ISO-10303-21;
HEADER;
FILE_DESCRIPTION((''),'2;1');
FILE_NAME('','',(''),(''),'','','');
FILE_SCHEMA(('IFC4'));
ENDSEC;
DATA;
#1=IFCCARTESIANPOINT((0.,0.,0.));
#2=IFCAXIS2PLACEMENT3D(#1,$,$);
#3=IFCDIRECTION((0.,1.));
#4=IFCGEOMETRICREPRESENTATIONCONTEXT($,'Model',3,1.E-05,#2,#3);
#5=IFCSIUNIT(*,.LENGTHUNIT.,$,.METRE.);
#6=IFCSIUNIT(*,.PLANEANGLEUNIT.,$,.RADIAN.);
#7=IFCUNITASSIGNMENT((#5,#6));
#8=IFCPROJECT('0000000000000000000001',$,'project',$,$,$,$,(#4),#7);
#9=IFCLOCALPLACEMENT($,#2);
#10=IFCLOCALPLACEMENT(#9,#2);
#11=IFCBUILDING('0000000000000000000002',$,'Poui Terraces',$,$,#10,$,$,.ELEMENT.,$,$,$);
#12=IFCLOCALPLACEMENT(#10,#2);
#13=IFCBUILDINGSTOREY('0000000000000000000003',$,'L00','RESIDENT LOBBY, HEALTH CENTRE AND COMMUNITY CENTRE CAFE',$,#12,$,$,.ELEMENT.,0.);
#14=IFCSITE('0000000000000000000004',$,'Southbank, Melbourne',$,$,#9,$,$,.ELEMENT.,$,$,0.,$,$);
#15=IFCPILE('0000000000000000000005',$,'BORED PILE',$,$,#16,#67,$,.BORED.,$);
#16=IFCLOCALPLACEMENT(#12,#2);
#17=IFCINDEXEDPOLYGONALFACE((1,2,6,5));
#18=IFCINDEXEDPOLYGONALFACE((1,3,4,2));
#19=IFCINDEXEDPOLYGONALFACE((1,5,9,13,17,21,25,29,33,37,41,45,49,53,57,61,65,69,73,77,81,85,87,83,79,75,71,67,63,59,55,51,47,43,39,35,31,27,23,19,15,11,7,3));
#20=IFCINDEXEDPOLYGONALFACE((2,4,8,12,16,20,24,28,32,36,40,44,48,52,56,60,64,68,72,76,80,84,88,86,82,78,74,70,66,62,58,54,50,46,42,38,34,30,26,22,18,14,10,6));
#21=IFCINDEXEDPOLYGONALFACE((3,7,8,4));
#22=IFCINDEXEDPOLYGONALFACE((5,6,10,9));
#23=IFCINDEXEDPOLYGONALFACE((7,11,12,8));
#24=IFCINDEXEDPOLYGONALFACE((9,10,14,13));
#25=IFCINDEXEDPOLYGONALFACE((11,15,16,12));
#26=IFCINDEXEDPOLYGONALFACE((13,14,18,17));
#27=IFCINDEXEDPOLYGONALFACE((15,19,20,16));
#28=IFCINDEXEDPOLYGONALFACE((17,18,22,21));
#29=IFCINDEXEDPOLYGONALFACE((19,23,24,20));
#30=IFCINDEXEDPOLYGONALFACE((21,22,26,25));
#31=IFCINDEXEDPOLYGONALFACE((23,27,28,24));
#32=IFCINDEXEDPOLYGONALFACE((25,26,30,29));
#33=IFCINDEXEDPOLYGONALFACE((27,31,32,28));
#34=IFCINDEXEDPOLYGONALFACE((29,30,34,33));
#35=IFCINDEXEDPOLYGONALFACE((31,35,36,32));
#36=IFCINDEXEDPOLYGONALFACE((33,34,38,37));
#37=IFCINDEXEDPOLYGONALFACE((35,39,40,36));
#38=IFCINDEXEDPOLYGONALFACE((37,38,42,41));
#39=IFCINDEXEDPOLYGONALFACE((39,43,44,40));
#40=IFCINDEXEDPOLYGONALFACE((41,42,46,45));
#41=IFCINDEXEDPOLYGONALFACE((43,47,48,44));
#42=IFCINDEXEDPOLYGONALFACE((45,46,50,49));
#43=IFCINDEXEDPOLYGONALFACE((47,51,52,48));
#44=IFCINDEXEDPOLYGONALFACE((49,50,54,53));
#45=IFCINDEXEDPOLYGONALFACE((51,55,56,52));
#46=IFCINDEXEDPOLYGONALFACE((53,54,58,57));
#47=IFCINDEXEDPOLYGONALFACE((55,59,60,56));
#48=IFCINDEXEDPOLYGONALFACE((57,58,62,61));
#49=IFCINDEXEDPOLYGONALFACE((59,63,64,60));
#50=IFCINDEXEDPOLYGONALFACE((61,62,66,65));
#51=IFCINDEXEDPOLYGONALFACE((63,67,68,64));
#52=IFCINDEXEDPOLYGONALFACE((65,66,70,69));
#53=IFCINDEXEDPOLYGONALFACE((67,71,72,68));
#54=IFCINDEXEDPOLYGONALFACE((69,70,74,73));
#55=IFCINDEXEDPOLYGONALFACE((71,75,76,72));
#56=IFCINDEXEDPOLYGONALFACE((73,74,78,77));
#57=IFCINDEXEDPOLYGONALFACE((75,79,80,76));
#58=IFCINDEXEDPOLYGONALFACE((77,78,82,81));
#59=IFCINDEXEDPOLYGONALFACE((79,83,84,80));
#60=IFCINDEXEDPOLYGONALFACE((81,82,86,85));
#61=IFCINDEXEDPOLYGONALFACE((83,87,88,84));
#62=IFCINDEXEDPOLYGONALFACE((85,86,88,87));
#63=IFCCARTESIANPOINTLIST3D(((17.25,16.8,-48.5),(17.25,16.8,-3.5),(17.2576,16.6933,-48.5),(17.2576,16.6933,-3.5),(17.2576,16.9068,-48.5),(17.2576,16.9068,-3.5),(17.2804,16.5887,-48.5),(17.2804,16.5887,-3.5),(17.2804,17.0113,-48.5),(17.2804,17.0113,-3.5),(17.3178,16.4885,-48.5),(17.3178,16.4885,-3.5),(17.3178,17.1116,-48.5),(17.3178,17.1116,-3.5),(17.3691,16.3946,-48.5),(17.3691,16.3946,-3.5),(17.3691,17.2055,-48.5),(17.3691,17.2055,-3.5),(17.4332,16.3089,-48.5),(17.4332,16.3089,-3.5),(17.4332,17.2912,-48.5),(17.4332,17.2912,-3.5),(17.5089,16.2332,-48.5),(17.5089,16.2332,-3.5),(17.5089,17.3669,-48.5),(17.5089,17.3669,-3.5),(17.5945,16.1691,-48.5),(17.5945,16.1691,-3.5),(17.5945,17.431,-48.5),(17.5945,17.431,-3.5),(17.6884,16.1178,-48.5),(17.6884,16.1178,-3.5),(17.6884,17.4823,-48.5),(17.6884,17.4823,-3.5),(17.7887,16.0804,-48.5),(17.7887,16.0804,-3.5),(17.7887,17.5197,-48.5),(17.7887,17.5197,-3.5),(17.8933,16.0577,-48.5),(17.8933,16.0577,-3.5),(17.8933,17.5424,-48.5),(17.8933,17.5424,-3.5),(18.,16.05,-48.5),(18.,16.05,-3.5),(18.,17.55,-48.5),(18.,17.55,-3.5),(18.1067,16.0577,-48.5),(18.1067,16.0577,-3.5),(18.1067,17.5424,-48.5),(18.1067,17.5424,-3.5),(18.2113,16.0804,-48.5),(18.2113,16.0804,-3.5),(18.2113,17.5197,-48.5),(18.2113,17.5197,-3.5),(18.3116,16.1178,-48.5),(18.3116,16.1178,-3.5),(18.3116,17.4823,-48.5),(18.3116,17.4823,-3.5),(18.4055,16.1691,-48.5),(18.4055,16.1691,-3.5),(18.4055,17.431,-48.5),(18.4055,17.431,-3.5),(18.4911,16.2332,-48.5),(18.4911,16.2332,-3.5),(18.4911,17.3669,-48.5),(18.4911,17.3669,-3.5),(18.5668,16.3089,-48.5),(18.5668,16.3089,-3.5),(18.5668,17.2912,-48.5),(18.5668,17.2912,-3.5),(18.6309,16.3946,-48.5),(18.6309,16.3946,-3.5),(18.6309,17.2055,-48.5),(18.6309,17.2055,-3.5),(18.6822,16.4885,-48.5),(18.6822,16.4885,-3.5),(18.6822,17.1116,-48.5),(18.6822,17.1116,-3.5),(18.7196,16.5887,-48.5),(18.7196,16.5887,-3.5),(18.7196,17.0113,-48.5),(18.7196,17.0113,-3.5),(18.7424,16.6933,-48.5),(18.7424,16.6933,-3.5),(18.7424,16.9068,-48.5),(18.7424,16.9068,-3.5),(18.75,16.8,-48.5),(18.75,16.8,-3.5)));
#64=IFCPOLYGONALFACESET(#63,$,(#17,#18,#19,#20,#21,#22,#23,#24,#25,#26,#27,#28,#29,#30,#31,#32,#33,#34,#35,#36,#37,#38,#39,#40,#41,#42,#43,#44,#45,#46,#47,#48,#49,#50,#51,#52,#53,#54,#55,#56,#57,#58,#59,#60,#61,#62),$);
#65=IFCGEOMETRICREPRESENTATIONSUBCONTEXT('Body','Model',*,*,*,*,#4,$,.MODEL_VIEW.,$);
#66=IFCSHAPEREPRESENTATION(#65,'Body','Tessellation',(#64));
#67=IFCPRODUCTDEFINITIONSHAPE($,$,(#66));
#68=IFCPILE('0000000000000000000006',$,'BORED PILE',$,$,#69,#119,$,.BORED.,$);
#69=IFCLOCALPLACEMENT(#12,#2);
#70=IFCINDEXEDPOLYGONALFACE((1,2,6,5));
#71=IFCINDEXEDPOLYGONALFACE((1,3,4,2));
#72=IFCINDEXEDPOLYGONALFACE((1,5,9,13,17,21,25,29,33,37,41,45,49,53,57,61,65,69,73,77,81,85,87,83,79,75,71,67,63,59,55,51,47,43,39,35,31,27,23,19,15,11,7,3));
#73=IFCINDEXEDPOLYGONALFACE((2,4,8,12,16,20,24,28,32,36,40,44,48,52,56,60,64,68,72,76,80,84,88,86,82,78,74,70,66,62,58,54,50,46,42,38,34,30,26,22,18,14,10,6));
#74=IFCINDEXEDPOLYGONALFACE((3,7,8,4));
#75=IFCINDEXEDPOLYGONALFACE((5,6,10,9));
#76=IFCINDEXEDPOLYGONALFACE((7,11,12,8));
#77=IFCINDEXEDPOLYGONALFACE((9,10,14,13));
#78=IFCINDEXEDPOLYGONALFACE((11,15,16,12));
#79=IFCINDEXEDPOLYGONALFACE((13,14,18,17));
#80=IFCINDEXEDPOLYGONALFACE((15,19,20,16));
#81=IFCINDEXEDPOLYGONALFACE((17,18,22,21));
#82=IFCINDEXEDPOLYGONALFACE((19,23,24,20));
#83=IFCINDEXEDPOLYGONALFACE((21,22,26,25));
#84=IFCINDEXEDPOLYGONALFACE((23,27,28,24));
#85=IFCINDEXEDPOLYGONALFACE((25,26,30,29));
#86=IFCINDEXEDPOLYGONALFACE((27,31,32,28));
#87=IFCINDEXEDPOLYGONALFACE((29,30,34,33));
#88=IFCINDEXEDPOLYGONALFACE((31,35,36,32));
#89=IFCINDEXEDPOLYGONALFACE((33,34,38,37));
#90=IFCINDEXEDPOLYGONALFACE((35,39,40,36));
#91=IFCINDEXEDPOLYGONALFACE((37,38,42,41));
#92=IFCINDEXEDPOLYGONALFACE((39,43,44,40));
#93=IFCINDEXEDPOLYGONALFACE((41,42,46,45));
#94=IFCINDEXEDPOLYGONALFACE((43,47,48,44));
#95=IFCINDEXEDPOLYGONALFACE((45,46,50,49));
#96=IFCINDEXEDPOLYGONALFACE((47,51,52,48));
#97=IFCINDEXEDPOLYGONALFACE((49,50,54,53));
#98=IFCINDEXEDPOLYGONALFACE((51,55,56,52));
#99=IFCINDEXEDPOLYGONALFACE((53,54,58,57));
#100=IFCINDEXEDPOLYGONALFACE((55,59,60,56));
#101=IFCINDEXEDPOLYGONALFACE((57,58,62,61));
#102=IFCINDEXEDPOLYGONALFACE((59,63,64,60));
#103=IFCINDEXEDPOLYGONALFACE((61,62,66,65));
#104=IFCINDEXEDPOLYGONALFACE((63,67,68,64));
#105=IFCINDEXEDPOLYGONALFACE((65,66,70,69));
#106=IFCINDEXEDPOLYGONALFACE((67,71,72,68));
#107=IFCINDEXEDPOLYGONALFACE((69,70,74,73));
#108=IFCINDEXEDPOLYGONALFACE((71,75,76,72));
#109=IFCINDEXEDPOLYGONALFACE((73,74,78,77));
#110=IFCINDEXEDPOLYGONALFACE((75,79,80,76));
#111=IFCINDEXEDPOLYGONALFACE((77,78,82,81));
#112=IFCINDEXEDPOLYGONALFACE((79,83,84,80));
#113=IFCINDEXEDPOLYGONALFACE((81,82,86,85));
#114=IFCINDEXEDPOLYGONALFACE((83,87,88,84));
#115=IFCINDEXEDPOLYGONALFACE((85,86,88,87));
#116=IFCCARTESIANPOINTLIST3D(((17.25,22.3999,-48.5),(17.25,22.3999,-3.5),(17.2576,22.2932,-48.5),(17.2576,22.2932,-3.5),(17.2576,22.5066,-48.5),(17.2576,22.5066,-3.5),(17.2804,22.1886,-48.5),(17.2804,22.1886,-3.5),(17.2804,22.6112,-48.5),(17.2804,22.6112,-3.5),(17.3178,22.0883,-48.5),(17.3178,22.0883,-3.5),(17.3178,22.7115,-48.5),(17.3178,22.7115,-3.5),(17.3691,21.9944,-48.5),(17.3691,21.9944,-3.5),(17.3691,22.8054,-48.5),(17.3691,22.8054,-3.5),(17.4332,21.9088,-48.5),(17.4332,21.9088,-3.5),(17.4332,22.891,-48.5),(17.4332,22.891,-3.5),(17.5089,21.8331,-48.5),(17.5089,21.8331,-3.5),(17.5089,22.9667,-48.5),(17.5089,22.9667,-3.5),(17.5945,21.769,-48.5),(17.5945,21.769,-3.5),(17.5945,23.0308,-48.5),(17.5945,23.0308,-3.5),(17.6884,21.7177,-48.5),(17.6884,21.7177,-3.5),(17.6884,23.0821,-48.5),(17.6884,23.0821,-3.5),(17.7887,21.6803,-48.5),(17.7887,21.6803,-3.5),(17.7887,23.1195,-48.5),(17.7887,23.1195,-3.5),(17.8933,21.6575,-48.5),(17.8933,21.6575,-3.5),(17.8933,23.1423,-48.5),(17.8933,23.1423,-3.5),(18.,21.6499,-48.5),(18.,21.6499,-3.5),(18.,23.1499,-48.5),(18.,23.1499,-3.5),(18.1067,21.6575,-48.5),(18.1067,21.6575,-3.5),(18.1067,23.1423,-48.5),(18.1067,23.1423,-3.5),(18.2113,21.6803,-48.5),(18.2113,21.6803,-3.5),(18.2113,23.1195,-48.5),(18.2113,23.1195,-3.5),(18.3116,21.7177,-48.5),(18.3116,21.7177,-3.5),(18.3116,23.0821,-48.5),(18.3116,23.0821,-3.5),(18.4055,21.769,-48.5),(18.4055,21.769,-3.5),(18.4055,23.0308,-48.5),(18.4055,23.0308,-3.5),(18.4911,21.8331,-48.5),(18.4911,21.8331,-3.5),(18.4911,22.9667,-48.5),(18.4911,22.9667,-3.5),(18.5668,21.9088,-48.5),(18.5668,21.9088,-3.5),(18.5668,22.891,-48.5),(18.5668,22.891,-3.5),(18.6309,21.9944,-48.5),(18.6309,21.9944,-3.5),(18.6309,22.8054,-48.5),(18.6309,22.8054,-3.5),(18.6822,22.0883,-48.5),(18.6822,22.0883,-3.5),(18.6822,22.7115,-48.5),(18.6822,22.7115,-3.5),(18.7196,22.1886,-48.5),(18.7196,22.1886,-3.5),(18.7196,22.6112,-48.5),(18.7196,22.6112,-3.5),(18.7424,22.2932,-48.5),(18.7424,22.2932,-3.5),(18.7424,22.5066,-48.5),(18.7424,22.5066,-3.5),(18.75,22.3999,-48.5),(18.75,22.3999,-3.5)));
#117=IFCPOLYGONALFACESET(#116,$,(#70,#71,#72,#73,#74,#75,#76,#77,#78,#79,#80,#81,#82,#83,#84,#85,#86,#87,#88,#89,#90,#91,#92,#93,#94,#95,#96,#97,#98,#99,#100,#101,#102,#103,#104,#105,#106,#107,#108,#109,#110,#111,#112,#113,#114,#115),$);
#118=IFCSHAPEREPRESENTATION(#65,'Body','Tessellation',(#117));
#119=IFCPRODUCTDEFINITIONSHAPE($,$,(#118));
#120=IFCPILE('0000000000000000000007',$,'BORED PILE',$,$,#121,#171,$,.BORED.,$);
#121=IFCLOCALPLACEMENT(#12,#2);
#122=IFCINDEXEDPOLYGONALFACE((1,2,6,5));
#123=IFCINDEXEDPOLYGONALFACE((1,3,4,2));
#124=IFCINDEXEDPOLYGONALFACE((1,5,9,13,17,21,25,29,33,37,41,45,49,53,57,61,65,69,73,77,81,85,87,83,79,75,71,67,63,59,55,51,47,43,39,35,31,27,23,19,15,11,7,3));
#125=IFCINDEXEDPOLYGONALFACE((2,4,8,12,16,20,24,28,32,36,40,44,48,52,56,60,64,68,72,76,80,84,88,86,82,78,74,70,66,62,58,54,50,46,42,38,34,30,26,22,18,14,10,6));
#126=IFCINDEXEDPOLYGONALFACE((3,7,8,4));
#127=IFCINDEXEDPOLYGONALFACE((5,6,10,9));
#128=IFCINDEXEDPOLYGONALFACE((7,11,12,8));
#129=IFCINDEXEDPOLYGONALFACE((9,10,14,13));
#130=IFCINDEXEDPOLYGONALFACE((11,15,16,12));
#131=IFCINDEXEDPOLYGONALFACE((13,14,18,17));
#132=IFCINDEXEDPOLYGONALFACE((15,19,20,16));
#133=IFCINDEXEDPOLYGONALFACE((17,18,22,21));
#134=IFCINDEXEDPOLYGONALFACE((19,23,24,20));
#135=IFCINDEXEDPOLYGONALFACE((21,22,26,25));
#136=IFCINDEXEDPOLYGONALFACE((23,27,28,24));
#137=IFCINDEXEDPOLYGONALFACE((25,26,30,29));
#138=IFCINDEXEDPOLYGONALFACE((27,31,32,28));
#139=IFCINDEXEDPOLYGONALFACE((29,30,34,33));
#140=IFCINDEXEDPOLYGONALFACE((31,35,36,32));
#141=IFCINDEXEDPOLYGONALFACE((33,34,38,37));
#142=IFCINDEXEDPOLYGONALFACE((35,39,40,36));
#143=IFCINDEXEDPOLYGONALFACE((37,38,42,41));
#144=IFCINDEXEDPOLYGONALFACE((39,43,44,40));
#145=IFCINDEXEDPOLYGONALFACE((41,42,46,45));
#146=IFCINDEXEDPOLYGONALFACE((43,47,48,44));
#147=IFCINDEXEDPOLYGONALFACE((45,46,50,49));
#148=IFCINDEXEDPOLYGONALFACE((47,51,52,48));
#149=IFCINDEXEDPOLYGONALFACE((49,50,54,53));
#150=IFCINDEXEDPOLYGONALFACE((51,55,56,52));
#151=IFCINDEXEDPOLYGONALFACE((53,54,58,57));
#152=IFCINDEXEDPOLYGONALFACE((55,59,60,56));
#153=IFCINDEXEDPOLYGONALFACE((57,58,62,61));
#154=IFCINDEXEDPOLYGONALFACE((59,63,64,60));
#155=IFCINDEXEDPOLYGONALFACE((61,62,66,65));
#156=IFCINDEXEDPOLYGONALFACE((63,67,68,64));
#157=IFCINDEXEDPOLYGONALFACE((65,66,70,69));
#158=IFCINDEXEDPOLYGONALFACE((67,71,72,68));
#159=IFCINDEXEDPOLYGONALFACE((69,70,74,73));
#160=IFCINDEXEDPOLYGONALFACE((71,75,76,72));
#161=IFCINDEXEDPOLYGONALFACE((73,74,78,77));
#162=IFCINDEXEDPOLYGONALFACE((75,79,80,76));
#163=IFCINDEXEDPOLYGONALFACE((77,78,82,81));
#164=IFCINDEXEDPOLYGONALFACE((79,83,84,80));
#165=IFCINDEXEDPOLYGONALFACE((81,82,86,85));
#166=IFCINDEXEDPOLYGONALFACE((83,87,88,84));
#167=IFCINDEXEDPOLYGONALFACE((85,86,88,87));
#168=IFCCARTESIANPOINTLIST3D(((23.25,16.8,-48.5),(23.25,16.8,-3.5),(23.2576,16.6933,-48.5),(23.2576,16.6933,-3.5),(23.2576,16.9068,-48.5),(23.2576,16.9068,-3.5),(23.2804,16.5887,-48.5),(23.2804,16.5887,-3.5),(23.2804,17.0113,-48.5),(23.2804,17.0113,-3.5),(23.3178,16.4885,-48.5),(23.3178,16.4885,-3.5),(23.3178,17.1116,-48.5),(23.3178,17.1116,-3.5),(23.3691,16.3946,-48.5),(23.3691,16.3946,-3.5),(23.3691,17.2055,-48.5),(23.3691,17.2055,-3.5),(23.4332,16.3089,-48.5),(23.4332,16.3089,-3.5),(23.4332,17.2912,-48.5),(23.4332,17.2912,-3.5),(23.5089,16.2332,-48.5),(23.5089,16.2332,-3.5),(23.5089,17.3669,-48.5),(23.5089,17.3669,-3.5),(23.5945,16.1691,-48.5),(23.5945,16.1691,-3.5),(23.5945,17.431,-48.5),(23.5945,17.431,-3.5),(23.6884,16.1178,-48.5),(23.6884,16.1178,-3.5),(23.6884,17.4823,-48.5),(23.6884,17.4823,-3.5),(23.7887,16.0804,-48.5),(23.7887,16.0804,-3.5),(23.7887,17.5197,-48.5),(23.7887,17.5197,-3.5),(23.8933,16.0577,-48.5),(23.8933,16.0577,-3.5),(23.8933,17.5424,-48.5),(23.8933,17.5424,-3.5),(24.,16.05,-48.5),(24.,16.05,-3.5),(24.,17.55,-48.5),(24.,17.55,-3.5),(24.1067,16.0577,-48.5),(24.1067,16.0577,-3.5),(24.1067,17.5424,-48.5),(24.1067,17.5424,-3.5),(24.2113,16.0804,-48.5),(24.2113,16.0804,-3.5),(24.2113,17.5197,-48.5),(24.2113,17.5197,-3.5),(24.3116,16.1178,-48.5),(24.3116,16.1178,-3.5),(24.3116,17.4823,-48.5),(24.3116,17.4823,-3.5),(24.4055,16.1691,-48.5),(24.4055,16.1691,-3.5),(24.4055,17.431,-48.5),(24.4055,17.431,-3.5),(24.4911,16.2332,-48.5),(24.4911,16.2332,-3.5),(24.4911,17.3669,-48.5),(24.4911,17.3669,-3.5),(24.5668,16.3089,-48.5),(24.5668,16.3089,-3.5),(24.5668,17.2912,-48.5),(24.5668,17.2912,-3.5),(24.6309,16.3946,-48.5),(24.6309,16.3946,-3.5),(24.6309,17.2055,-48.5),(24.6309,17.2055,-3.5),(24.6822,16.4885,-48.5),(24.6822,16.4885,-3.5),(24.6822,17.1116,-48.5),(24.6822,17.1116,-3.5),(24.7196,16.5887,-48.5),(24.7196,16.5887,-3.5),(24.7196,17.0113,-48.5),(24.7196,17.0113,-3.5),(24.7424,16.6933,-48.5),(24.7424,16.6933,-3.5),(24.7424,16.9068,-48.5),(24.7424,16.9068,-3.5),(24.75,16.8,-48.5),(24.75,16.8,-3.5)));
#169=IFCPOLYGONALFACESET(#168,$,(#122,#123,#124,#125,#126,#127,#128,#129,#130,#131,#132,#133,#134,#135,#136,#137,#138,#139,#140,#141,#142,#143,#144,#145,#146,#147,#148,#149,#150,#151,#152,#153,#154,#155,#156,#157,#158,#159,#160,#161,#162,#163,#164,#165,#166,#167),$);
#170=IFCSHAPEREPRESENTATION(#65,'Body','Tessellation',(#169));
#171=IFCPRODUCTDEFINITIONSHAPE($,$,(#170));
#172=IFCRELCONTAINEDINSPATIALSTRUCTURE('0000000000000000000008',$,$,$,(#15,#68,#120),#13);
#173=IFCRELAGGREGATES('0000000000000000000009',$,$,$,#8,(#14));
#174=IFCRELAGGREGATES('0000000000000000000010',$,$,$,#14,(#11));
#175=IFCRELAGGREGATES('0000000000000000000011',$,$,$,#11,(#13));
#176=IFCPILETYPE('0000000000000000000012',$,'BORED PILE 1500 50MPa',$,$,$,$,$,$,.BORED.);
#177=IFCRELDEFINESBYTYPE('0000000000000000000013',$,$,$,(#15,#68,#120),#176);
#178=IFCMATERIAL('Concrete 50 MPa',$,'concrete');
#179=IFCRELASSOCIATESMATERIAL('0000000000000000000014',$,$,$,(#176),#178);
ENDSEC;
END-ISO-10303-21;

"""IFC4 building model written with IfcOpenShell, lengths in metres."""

from ifc_helpers import new_model, si_unit, direction, frame, origin, origin_2d, place, context, subcontext, project, spatial, circle, extrude, material, material_profile, profile_set, type_object, element, save


model = new_model("IFC4")

# Units and contexts
model_context = context("Model", 3, precision=1e-05, world=origin(), true_north=direction((0.0, 1.0)))
body_context = subcontext(model_context, "Body", "Model", "MODEL_VIEW")
ifc_project = project(units=[si_unit("LENGTHUNIT", "METRE"), si_unit("PLANEANGLEUNIT", "RADIAN")], contexts=[model_context])

# Site, building, storey
site_placement = place(None, origin())
site = spatial("IfcSite", under=ifc_project, at=site_placement, Name="Southbank, Melbourne", CompositionType="ELEMENT", RefElevation=0.0)
building_placement = place(site_placement, origin())
building = spatial("IfcBuilding", under=site, at=building_placement, Name="Poui Terraces", CompositionType="ELEMENT")
storey_placement = place(building_placement, origin())
storey = spatial("IfcBuildingStorey", under=building, at=storey_placement, Name="L00", Description="RESIDENT LOBBY, HEALTH CENTRE AND COMMUNITY CENTRE CAFE", CompositionType="ELEMENT", Elevation=0.0)

# Piles
ifc_material_1 = material(Name="Concrete 50 MPa", Category="concrete")
ifc_material_profile = material_profile(ifc_material_1, circle(Radius=0.75, at=origin_2d()), Name="RC D1500")
ifc_profile_set = profile_set([ifc_material_profile], Name="Concrete 50 MPa")
pile_type = type_object("IfcPileType", Name="BORED PILE 1500 50MPa", PredefinedType="BORED", material=ifc_profile_set)
for number, where, z_axis, x_axis, name in (
    (1, (18.0, 16.8, -3.5), (0.0, 0.0, -1.0), (1.0, 0.0, 0.0), "BORED PILE"),
    (2, (18.0, 22.3999, -3.5), (0.0, 0.0, -1.0), (1.0, 0.0, 0.0), "BORED PILE"),
    (3, (24.0, 16.8, -3.5), (0.0, 0.0, -1.0), (1.0, 0.0, 0.0), "BORED PILE"),
):
    element("IfcPile", number, at=place(storey_placement, frame(where, z_axis=z_axis, x_axis=x_axis)), inside=storey, type_object=pile_type, Name=name, PredefinedType="BORED", context=body_context, shape_type="SweptSolid", body=[
        extrude(circle(Radius=0.75, at=origin_2d()), origin(), (0.0, 0.0, 1.0), 45.0),
    ])

save(model, "model.ifc")
